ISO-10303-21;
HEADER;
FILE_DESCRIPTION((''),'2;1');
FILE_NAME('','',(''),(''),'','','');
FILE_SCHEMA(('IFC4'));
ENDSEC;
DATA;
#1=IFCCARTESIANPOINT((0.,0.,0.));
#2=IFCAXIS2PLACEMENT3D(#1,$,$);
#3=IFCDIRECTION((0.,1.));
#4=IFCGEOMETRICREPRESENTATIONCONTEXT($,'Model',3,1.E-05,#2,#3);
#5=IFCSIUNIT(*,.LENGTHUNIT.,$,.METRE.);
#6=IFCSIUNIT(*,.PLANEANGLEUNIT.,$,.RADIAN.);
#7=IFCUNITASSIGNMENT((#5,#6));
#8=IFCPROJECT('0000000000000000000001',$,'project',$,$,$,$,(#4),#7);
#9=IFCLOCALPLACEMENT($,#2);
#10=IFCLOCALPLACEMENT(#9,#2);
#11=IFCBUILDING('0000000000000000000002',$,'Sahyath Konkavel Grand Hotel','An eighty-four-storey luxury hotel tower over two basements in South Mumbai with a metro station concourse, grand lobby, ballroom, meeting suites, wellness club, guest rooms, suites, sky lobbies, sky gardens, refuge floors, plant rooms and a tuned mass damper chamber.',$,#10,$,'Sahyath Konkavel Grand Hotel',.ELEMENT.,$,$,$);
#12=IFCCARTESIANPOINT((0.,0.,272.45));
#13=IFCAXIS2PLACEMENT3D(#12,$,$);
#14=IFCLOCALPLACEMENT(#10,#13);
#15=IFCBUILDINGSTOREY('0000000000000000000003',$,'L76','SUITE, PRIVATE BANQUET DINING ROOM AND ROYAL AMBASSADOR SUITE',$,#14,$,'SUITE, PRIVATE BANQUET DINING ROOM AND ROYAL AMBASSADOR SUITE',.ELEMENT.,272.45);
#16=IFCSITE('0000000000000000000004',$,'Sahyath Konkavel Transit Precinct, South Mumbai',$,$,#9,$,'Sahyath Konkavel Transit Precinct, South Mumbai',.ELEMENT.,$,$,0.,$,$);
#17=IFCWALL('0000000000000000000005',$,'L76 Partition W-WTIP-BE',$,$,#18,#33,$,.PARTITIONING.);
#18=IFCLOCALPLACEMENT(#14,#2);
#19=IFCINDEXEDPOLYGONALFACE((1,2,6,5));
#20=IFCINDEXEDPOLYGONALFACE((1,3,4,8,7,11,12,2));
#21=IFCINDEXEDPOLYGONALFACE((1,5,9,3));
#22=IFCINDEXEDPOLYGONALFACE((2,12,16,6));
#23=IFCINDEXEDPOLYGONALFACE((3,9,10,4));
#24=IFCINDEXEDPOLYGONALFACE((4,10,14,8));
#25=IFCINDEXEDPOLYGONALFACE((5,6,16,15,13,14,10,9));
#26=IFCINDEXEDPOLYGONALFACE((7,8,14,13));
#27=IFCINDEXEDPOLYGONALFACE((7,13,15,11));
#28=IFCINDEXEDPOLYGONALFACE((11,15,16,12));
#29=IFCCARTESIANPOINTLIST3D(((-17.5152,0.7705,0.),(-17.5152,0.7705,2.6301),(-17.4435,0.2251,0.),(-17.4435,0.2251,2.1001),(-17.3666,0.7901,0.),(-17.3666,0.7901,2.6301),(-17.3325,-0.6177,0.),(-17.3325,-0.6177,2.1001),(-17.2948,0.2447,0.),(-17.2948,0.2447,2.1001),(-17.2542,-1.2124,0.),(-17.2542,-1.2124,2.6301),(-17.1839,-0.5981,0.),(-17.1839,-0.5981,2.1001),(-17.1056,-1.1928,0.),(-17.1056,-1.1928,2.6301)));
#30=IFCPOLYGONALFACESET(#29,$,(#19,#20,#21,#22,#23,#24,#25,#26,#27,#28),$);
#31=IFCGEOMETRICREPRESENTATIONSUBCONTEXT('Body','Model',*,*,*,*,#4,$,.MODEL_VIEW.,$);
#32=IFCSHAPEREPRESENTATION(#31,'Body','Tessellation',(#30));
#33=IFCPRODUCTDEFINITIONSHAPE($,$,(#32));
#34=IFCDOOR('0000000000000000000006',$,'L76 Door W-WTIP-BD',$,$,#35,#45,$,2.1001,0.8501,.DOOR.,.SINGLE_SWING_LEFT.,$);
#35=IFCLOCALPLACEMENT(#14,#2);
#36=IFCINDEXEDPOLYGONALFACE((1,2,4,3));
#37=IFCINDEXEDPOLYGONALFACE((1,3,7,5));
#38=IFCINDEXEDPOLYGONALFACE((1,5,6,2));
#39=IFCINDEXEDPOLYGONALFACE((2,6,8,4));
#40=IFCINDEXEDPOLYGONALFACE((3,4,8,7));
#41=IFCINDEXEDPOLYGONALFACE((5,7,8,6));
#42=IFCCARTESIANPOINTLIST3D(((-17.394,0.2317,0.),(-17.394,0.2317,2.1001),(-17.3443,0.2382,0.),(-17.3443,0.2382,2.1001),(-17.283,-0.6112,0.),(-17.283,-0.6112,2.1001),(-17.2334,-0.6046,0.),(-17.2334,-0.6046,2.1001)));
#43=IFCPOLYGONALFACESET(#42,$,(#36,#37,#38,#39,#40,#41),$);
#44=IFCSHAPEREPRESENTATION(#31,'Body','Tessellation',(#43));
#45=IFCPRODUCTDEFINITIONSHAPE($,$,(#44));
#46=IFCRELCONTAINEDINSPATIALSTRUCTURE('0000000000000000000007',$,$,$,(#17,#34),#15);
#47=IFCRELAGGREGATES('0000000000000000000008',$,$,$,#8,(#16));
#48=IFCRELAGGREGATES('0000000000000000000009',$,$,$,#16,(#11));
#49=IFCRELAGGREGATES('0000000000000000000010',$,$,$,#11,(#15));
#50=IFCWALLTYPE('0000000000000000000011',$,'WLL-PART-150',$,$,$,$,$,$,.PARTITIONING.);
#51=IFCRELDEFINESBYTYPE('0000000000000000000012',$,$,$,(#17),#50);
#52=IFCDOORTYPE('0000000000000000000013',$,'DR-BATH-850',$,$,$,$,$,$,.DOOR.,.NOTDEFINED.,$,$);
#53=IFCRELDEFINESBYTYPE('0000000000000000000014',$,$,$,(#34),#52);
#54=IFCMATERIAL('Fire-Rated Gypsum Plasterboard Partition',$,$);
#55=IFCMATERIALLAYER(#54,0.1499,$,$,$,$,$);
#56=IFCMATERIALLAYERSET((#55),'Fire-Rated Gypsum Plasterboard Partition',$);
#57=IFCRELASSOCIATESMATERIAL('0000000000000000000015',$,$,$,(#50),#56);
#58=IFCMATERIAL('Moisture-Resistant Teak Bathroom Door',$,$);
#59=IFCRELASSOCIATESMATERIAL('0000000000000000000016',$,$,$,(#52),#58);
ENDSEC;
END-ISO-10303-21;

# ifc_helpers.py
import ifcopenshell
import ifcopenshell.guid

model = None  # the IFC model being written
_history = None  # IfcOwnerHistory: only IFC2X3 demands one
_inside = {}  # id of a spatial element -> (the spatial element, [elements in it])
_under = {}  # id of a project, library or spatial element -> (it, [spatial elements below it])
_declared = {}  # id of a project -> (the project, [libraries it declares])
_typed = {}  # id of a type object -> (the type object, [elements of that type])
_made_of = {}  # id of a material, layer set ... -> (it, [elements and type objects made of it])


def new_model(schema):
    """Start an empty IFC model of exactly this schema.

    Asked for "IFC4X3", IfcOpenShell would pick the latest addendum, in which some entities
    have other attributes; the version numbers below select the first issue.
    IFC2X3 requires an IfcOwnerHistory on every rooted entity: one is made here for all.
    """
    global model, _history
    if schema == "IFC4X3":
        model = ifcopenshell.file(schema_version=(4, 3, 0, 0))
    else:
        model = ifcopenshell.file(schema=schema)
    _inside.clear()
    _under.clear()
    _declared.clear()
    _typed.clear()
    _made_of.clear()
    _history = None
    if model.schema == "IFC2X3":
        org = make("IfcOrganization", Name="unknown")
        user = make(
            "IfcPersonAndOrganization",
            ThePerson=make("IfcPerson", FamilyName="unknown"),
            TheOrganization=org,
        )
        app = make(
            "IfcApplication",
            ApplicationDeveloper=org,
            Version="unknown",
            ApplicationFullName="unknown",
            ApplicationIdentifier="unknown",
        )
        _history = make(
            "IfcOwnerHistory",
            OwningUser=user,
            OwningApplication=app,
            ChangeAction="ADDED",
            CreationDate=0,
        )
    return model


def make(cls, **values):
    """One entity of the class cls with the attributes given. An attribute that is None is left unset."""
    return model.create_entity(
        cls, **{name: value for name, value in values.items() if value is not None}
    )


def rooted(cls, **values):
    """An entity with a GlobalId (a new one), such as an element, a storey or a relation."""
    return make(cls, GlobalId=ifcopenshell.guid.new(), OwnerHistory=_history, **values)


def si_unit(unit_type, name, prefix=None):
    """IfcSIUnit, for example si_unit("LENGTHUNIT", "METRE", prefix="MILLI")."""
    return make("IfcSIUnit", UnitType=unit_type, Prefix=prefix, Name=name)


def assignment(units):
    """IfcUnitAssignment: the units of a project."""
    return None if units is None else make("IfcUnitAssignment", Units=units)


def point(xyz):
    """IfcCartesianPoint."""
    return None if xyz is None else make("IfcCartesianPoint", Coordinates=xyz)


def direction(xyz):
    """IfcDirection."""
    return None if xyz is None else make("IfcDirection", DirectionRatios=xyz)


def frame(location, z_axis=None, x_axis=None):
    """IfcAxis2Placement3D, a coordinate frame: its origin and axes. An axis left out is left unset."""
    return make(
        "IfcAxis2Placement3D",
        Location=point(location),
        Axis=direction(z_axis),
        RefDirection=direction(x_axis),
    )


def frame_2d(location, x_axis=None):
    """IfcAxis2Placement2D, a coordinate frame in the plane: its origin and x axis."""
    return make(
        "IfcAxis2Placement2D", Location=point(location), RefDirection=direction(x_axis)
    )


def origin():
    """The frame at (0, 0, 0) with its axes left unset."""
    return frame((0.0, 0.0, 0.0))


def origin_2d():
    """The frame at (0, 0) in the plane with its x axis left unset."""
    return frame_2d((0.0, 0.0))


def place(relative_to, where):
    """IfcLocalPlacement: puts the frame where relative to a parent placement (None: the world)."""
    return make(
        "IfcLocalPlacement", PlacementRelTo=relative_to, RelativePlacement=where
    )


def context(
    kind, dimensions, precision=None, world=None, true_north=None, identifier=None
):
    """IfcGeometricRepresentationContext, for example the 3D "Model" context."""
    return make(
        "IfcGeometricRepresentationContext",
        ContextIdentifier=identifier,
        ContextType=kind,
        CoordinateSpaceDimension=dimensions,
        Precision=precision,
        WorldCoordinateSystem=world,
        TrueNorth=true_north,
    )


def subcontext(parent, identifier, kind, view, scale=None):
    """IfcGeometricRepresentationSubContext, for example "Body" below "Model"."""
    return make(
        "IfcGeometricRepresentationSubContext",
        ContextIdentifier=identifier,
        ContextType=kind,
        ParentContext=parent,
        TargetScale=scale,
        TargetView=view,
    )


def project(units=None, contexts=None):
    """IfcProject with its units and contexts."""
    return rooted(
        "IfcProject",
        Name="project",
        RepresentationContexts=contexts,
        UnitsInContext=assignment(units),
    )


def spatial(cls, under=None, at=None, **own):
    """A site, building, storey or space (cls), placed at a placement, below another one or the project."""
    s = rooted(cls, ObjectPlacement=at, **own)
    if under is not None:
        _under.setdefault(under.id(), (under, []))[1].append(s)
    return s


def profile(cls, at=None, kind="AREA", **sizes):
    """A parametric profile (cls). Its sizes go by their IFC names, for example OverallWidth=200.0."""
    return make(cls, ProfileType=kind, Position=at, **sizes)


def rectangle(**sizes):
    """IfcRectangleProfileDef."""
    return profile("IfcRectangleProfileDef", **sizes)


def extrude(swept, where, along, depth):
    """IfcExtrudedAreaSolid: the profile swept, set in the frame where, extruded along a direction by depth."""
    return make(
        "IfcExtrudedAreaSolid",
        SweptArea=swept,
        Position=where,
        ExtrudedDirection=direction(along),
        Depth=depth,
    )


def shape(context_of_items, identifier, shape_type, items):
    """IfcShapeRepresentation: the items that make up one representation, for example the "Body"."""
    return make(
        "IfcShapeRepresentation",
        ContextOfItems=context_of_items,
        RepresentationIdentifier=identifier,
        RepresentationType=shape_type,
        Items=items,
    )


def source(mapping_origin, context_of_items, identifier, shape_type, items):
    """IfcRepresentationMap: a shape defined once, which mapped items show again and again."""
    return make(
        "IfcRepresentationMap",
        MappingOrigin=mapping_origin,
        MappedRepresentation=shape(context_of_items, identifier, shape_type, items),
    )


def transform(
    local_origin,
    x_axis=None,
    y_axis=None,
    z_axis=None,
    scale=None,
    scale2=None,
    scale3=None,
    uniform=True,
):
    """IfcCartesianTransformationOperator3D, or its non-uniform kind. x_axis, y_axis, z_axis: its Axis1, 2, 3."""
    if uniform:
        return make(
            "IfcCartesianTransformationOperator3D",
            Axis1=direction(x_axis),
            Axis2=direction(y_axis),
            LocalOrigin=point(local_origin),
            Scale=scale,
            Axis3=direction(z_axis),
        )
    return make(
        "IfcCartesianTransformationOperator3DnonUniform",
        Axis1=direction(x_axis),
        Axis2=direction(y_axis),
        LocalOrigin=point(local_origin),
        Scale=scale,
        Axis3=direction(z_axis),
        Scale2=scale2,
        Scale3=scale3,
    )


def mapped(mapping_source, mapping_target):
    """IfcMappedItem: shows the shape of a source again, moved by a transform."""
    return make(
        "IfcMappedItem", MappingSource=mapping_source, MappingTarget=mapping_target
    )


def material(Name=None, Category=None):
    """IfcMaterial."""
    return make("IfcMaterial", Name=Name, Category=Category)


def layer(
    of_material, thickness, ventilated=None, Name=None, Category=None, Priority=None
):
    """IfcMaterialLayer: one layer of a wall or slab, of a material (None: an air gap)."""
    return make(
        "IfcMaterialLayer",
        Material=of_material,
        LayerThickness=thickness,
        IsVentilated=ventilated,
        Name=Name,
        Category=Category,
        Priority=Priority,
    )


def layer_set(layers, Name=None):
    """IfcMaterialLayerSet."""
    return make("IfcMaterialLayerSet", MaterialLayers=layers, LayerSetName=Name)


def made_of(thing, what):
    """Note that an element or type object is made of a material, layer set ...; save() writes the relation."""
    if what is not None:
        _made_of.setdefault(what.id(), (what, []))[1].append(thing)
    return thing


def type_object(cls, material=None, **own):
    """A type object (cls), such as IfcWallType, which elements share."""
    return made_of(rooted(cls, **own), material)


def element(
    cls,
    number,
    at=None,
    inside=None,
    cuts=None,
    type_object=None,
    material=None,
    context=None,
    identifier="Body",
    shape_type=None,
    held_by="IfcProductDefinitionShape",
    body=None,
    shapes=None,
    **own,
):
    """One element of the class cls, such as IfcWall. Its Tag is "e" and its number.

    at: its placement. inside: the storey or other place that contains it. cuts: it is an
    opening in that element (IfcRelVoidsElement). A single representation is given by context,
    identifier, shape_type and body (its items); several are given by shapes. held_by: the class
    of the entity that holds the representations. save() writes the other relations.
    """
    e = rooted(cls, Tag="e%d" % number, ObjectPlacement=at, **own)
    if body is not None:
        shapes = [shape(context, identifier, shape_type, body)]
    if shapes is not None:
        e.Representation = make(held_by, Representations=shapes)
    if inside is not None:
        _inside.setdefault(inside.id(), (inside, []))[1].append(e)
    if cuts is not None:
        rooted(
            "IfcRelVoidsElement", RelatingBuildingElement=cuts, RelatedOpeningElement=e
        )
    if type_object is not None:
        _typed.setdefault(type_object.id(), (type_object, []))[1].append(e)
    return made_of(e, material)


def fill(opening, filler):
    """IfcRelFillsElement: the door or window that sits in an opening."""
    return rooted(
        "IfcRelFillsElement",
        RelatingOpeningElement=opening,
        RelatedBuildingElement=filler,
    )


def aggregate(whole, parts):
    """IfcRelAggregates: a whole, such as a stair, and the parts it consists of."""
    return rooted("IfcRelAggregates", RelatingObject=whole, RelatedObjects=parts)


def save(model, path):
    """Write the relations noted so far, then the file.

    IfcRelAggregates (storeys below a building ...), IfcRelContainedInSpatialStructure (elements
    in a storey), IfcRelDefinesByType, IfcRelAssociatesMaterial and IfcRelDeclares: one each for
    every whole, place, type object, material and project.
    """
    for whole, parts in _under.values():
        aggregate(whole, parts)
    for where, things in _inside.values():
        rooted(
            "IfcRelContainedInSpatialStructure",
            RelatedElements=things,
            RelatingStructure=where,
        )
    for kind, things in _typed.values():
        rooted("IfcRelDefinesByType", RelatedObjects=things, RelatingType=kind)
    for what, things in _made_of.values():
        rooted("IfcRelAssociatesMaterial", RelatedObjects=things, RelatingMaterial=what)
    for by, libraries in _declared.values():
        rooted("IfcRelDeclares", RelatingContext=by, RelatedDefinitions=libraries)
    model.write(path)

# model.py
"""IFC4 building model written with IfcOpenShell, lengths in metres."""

from ifc_helpers import new_model, si_unit, direction, frame, frame_2d, origin, origin_2d, place, context, subcontext, project, spatial, rectangle, extrude, source, transform, mapped, material, layer, layer_set, type_object, element, fill, save


model = new_model("IFC4")

# Units and contexts
model_context = context("Model", 3, precision=1e-05, world=origin(), true_north=direction((0.0, 1.0)))
body_context = subcontext(model_context, "Body", "Model", "MODEL_VIEW")
ifc_project = project(units=[si_unit("LENGTHUNIT", "METRE"), si_unit("PLANEANGLEUNIT", "RADIAN")], contexts=[model_context])

# Site, building, storey
site_placement = place(None, origin())
site = spatial("IfcSite", under=ifc_project, at=site_placement, Name="Sahyath Konkavel Transit Precinct, South Mumbai", LongName="Sahyath Konkavel Transit Precinct, South Mumbai", CompositionType="ELEMENT", RefElevation=0.0)
building_placement = place(site_placement, origin())
building = spatial("IfcBuilding", under=site, at=building_placement, Name="Sahyath Konkavel Grand Hotel", Description="An eighty-four-storey luxury hotel tower over two basements in South Mumbai with a metro station concourse, grand lobby, ballroom, meeting suites, wellness club, guest rooms, suites, sky lobbies, sky gardens, refuge floors, plant rooms and a tuned mass damper chamber.", LongName="Sahyath Konkavel Grand Hotel", CompositionType="ELEMENT")
storey_placement = place(building_placement, frame((0.0, 0.0, 272.45)))
storey = spatial("IfcBuildingStorey", under=building, at=storey_placement, Name="L76", Description="SUITE, PRIVATE BANQUET DINING ROOM AND ROYAL AMBASSADOR SUITE", LongName="SUITE, PRIVATE BANQUET DINING ROOM AND ROYAL AMBASSADOR SUITE", CompositionType="ELEMENT", Elevation=272.45)

# Shared definitions
shared_shape_1 = source(origin(), body_context, "Body", "SweptSolid", [
    extrude(rectangle(XDim=0.8501, YDim=0.05, at=origin_2d()), origin(), (0.0, 0.0, 1.0), 2.1001),
])

# Shared definitions
ifc_material_1 = material(Name="Fire-Rated Gypsum Plasterboard Partition")
ifc_layer_1 = layer(ifc_material_1, 0.1499)
ifc_layer_set_1 = layer_set([ifc_layer_1], Name="Fire-Rated Gypsum Plasterboard Partition")
wall_type_1 = type_object("IfcWallType", Name="WLL-PART-150", PredefinedType="PARTITIONING", material=ifc_layer_set_1)

# Wall, opening, door
wall_1_placement = place(storey_placement, frame((-17.4409, 0.7803, 0.0), z_axis=(0.0, 0.0, 1.0), x_axis=(0.130492, -0.991449, 0.0)))
wall_1 = element("IfcWall", 1, at=wall_1_placement, inside=storey, type_object=wall_type_1, Name="L76 Partition W-WTIP-BE", PredefinedType="PARTITIONING", context=body_context, shape_type="SweptSolid", body=[
    extrude(rectangle(XDim=2.0, YDim=0.1499, at=frame_2d((1.0, 0.0))), origin(), (0.0, 0.0, 1.0), 2.6301),
])
opening_1_placement = place(wall_1_placement, frame((0.55, 0.0, 0.0)))
opening_1 = element("IfcOpeningElement", 2, at=opening_1_placement, cuts=wall_1, PredefinedType="OPENING", context=body_context, shape_type="SweptSolid", body=[
    extrude(rectangle(XDim=0.8501, YDim=2.1001, at=frame_2d((0.425, 1.05))), frame((0.0, 0.085, 0.0), z_axis=(0.0, -1.0, 0.0), x_axis=(1.0, 0.0, 0.0)), (0.0, 0.0, 1.0), 0.1699),
])
ifc_material_2 = material(Name="Moisture-Resistant Teak Bathroom Door")
door_type_1 = type_object("IfcDoorType", Name="DR-BATH-850", OperationType="NOTDEFINED", PredefinedType="DOOR", material=ifc_material_2)
door_1_placement = place(opening_1_placement, frame((0.425, 0.0, 0.0)))
door_1 = element("IfcDoor", 3, at=door_1_placement, inside=storey, type_object=door_type_1, Name="L76 Door W-WTIP-BD", OperationType="SINGLE_SWING_LEFT", OverallHeight=2.1001, OverallWidth=0.8501, PredefinedType="DOOR", context=body_context, shape_type="MappedRepresentation", body=[
    mapped(shared_shape_1, transform((0.0, 0.0, 0.0), scale=1.0)),
])
fill(opening_1, door_1)

save(model, "model.ifc")
